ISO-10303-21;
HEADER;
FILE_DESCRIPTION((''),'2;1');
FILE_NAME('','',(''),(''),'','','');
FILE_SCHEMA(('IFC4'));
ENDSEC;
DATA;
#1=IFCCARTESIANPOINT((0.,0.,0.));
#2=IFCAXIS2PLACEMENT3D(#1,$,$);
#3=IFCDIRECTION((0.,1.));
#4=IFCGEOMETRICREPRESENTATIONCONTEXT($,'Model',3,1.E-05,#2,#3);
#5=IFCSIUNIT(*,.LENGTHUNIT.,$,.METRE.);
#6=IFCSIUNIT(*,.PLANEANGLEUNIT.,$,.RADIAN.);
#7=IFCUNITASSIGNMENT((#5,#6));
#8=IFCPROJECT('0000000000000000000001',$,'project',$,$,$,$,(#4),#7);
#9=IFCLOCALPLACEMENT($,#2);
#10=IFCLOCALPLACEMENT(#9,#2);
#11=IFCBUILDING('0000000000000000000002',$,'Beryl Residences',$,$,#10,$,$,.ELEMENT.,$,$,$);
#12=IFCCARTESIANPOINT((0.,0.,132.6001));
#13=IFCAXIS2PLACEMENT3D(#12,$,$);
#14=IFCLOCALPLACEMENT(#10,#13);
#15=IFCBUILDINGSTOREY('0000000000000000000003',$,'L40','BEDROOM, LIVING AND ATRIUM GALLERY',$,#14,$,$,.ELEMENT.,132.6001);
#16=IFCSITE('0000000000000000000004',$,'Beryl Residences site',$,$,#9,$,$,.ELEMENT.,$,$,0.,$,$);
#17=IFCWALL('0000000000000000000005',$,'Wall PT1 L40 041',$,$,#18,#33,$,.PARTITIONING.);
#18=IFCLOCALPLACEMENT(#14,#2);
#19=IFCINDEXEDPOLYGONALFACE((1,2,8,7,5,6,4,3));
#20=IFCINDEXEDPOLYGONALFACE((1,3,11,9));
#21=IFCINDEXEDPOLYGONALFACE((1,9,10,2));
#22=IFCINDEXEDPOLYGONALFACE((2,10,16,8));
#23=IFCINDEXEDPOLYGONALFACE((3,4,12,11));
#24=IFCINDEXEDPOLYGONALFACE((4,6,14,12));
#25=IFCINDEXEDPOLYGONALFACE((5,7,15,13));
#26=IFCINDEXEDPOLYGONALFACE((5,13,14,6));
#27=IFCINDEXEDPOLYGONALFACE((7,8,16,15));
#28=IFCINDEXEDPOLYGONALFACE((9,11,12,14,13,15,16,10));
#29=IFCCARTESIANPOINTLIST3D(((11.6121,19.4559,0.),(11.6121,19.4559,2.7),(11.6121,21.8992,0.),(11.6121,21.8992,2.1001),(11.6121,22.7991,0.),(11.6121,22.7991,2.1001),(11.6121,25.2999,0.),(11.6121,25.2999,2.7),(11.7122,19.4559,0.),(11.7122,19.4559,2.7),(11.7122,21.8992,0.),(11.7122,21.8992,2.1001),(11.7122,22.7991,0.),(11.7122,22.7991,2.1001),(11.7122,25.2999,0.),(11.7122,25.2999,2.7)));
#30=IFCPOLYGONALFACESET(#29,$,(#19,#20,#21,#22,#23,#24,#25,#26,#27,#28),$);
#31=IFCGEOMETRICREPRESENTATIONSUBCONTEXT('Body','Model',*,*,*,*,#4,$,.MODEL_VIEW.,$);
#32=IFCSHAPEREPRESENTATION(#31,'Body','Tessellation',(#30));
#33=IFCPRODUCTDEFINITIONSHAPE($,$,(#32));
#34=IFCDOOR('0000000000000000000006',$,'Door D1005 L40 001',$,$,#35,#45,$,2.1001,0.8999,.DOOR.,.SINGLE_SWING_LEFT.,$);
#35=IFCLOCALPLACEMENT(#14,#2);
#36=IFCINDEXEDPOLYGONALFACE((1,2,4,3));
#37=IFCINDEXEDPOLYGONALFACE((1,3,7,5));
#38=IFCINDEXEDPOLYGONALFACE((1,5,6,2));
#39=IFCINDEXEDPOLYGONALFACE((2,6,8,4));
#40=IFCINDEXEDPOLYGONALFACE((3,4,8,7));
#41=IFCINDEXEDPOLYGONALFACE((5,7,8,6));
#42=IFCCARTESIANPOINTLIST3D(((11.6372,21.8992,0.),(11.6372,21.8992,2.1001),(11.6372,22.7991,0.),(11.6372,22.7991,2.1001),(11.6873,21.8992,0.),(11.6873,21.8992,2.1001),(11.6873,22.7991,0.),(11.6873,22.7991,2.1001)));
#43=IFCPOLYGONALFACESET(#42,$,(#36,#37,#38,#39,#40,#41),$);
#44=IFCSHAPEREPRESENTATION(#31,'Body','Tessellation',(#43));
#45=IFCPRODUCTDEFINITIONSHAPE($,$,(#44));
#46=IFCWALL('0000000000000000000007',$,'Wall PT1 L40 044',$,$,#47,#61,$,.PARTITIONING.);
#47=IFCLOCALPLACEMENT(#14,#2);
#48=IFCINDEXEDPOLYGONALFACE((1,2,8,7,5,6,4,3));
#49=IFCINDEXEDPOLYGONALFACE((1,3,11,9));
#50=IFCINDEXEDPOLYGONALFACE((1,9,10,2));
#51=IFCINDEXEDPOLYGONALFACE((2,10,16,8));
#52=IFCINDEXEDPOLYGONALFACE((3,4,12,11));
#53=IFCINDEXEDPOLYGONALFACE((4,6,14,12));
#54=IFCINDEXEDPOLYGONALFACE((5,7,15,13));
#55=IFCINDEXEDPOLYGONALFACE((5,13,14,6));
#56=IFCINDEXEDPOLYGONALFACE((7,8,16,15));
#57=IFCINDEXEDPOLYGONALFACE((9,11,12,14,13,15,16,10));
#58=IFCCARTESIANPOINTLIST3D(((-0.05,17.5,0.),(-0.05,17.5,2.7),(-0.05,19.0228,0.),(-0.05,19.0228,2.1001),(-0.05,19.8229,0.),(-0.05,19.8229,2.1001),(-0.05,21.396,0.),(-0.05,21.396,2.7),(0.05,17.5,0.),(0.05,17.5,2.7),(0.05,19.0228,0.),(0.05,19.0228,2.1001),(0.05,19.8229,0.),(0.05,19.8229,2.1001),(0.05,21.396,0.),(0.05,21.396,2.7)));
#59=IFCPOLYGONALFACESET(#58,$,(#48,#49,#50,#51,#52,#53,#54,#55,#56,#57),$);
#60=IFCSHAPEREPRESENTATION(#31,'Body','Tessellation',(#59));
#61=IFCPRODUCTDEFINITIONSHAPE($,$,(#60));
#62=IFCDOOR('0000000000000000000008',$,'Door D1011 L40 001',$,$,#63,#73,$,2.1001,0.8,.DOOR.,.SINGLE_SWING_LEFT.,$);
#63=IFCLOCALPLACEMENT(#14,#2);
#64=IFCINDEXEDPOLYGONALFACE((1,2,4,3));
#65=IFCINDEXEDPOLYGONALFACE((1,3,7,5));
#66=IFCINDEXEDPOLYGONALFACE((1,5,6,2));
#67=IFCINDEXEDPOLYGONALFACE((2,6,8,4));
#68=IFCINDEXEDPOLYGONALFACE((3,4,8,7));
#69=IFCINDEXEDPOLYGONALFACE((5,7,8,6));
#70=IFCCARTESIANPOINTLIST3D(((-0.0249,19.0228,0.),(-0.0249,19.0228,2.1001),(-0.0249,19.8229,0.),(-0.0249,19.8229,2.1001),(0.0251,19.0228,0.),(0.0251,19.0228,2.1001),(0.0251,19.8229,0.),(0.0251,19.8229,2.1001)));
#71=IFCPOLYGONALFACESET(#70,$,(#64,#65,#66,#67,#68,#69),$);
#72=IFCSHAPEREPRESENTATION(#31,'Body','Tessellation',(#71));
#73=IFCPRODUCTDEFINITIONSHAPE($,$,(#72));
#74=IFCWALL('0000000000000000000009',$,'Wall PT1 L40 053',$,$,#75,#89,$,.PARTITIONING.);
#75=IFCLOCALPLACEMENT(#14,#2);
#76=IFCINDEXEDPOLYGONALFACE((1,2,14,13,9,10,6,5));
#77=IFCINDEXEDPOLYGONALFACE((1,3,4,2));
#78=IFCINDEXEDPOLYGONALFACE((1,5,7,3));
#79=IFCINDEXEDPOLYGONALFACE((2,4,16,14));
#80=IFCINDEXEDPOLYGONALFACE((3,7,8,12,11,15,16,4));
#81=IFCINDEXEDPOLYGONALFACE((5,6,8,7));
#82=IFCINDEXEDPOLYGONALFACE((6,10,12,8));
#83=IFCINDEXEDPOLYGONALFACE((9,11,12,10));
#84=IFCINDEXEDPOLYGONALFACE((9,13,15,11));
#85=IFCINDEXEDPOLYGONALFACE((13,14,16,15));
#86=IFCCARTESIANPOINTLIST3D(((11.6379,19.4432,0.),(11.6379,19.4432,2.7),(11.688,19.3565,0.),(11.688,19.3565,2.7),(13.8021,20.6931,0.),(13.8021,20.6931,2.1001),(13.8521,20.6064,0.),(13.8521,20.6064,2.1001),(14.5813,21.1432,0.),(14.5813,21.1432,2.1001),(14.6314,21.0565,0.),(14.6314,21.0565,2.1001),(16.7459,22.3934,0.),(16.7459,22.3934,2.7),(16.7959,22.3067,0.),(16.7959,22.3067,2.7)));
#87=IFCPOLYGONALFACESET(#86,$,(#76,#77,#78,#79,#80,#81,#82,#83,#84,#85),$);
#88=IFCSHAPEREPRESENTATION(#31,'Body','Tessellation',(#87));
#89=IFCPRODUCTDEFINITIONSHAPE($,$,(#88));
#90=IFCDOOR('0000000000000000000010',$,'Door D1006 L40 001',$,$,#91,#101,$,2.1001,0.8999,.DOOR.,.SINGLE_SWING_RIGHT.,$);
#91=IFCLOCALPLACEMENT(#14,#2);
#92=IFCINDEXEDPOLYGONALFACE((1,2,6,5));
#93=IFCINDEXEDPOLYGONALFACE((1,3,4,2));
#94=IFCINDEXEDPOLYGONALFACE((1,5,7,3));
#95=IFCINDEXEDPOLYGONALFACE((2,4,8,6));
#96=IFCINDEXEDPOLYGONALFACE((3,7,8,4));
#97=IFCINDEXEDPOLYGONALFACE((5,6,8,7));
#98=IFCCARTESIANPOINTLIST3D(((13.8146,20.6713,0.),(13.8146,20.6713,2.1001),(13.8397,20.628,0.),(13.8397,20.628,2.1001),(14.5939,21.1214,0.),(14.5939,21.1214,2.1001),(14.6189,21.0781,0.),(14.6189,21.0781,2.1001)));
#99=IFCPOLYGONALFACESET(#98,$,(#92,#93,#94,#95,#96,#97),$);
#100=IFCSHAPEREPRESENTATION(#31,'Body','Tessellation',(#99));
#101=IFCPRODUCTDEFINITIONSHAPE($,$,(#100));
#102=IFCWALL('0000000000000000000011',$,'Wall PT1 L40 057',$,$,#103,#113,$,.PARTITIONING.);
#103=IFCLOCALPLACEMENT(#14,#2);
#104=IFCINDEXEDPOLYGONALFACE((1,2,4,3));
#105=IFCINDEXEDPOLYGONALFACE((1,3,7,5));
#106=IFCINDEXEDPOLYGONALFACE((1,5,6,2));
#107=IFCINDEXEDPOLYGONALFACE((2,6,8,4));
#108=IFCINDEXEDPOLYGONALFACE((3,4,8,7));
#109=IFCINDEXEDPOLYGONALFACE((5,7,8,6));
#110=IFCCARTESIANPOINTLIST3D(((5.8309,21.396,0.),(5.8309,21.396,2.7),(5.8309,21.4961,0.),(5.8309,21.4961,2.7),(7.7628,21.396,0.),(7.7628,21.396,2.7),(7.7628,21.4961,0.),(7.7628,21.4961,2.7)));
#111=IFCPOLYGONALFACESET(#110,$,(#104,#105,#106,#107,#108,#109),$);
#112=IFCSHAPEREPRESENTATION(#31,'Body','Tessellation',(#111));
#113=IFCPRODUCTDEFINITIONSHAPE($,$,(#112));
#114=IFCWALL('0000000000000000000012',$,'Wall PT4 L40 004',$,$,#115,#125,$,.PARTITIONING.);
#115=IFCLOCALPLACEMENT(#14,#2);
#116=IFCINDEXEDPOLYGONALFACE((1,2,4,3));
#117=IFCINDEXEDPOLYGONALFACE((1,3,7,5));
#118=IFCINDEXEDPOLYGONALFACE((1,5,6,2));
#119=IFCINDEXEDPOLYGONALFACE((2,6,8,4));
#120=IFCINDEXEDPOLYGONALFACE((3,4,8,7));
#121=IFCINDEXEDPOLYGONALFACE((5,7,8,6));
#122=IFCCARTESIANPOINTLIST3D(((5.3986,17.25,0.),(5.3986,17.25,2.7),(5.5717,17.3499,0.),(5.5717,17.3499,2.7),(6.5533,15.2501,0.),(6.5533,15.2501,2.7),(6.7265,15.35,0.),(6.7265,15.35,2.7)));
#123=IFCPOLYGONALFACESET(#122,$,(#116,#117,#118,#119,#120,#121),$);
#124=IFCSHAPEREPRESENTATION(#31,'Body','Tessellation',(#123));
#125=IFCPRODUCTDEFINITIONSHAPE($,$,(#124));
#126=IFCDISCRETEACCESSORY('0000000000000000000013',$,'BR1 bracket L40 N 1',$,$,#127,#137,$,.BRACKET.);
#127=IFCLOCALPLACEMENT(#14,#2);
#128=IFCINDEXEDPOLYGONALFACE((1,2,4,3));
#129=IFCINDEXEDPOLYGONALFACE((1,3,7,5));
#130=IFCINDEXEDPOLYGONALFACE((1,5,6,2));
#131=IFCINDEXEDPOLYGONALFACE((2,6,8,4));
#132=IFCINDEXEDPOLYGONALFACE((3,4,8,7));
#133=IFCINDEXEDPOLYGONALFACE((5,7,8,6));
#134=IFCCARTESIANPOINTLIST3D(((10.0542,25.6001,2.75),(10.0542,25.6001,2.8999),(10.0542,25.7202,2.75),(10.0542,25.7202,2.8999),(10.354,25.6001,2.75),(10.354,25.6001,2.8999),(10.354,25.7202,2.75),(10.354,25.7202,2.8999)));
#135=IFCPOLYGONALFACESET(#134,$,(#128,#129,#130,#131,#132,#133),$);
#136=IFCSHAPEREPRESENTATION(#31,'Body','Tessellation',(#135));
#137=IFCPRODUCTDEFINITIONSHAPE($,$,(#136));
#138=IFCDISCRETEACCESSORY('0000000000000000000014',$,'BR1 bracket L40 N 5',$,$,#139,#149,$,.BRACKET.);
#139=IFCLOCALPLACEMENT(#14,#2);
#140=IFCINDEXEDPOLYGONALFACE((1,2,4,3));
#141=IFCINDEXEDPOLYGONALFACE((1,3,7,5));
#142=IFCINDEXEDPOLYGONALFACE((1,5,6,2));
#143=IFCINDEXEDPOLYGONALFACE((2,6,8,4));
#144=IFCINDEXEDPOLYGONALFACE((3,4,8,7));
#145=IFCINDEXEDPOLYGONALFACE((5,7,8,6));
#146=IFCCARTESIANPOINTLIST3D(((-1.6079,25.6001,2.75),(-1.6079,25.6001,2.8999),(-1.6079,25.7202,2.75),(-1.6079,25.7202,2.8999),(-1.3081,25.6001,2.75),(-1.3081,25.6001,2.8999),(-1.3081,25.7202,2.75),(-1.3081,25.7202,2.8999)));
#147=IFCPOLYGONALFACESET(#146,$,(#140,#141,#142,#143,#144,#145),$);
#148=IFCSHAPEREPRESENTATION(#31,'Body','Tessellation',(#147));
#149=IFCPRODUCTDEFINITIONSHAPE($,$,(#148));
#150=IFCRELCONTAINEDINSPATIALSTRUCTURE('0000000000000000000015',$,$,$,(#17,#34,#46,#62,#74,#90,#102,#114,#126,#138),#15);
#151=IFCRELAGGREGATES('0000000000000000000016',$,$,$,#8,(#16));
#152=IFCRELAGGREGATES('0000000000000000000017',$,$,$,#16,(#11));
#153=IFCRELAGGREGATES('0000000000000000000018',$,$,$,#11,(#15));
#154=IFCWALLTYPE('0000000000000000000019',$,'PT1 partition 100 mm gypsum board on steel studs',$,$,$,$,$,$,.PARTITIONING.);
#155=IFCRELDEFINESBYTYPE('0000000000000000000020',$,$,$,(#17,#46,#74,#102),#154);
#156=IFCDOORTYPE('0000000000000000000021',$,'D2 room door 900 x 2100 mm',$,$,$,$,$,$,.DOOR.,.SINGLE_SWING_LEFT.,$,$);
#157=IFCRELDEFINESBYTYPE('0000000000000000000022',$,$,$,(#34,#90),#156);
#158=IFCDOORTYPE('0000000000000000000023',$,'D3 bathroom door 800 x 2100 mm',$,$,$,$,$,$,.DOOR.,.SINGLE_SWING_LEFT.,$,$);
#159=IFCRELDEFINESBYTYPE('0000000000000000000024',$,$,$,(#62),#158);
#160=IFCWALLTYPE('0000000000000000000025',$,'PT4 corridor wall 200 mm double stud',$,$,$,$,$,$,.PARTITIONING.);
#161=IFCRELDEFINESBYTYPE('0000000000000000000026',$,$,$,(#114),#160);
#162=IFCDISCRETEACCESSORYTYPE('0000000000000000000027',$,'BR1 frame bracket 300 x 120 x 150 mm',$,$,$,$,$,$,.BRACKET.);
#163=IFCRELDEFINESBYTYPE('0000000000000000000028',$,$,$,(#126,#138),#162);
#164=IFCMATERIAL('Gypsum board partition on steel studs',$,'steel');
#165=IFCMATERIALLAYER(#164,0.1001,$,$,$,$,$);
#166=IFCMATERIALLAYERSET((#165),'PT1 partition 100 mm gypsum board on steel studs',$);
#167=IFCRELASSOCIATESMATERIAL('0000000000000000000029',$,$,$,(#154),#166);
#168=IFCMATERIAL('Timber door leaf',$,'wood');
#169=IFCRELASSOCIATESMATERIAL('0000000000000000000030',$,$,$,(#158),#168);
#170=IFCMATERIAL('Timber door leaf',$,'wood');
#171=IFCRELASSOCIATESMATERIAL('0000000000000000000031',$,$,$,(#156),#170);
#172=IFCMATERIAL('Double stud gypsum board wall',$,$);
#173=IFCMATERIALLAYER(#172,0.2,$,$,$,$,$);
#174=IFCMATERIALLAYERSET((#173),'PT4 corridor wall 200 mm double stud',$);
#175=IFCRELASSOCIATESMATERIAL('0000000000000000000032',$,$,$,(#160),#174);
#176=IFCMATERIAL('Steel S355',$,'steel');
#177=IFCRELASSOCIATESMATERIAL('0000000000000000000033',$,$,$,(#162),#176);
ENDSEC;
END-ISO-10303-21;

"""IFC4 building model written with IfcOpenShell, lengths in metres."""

from ifc_helpers import new_model, si_unit, direction, frame, frame_2d, origin, place, context, subcontext, project, spatial, polyline, rectangle, outline, extrude, source, transform, mapped, material, layer, layer_set, type_object, type_shapes, element, fill, save


model = new_model("IFC4")

# Units and contexts
model_context = context("Model", 3, precision=1e-05, world=origin(), true_north=direction((0.0, 1.0)))
body_context = subcontext(model_context, "Body", "Model", "MODEL_VIEW")
ifc_project = project(units=[si_unit("LENGTHUNIT", "METRE"), si_unit("PLANEANGLEUNIT", "RADIAN")], contexts=[model_context])

# Site, building, storey
site_placement = place(None, origin())
site = spatial("IfcSite", under=ifc_project, at=site_placement, Name="Beryl Residences site", CompositionType="ELEMENT", RefElevation=0.0)
building_placement = place(site_placement, origin())
building = spatial("IfcBuilding", under=site, at=building_placement, Name="Beryl Residences", CompositionType="ELEMENT")
storey_placement = place(building_placement, frame((0.0, 0.0, 132.6001)))
storey = spatial("IfcBuildingStorey", under=building, at=storey_placement, Name="L40", Description="BEDROOM, LIVING AND ATRIUM GALLERY", CompositionType="ELEMENT", Elevation=132.6001)

# Shared definitions
ifc_material_1 = material(Name="Gypsum board partition on steel studs", Category="steel")
ifc_layer_1 = layer(ifc_material_1, 0.1001)
ifc_layer_set_1 = layer_set([ifc_layer_1], Name="PT1 partition 100 mm gypsum board on steel studs")
wall_type_1 = type_object("IfcWallType", Name="PT1 partition 100 mm gypsum board on steel studs", PredefinedType="PARTITIONING", material=ifc_layer_set_1)

# Walls, openings, doors
ifc_material_2 = material(Name="Timber door leaf", Category="wood")
door_type_1 = type_object("IfcDoorType", Name="D3 bathroom door 800 x 2100 mm", OperationType="SINGLE_SWING_LEFT", PredefinedType="DOOR", material=ifc_material_2)
wall_1_placement = place(storey_placement, frame((11.6621, 19.4561, 0.0), z_axis=(0.0, 0.0, 1.0), x_axis=(0.0, 1.0, 0.0)))
wall_1 = element("IfcWall", 1, at=wall_1_placement, inside=storey, type_object=wall_type_1, Name="Wall PT1 L40 041", PredefinedType="PARTITIONING", context=body_context, shape_type="SweptSolid", body=[
    extrude(rectangle(XDim=5.844, YDim=0.1001, at=frame_2d((2.9219, 0.0))), origin(), (0.0, 0.0, 1.0), 2.7),
])
opening_1_placement = place(wall_1_placement, frame((2.4431, 0.0, 0.0)))
opening_1 = element("IfcOpeningElement", 2, at=opening_1_placement, cuts=wall_1, PredefinedType="OPENING", context=body_context, shape_type="SweptSolid", body=[
    extrude(rectangle(XDim=0.8999, YDim=2.1001, at=frame_2d((0.45, 1.05))), frame((0.0, 0.0601, 0.0), z_axis=(0.0, -1.0, 0.0), x_axis=(1.0, 0.0, 0.0)), (0.0, 0.0, 1.0), 0.1201),
])
ifc_material_3 = material(Name="Timber door leaf", Category="wood")
door_type_2 = type_object("IfcDoorType", Name="D2 room door 900 x 2100 mm", OperationType="SINGLE_SWING_LEFT", PredefinedType="DOOR", material=ifc_material_3)
door_1_placement = place(opening_1_placement, origin())
door_1 = element("IfcDoor", 3, at=door_1_placement, inside=storey, type_object=door_type_2, Name="Door D1005 L40 001", OperationType="SINGLE_SWING_LEFT", OverallHeight=2.1001, OverallWidth=0.8999, PredefinedType="DOOR", context=body_context, shape_type="SweptSolid", body=[
    extrude(rectangle(XDim=0.8999, YDim=2.1001, at=frame_2d((0.45, 1.05))), frame((0.0, 0.0249, 0.0), z_axis=(0.0, -1.0, 0.0), x_axis=(1.0, 0.0, 0.0)), (0.0, 0.0, 1.0), 0.05),
])
fill(opening_1, door_1)
wall_2_placement = place(storey_placement, frame((0.0, 17.5, 0.0), z_axis=(0.0, 0.0, 1.0), x_axis=(0.0, 1.0, 0.0)))
wall_2 = element("IfcWall", 4, at=wall_2_placement, inside=storey, type_object=wall_type_1, Name="Wall PT1 L40 044", PredefinedType="PARTITIONING", context=body_context, shape_type="SweptSolid", body=[
    extrude(rectangle(XDim=3.896, YDim=0.1001, at=frame_2d((1.948, 0.0))), origin(), (0.0, 0.0, 1.0), 2.7),
])
opening_2_placement = place(wall_2_placement, frame((1.5229, 0.0, 0.0)))
opening_2 = element("IfcOpeningElement", 5, at=opening_2_placement, cuts=wall_2, PredefinedType="OPENING", context=body_context, shape_type="SweptSolid", body=[
    extrude(rectangle(XDim=0.8, YDim=2.1001, at=frame_2d((0.3999, 1.05))), frame((0.0, 0.0601, 0.0), z_axis=(0.0, -1.0, 0.0), x_axis=(1.0, 0.0, 0.0)), (0.0, 0.0, 1.0), 0.1201),
])
door_2_placement = place(opening_2_placement, origin())
door_2 = element("IfcDoor", 6, at=door_2_placement, inside=storey, type_object=door_type_1, Name="Door D1011 L40 001", OperationType="SINGLE_SWING_LEFT", OverallHeight=2.1001, OverallWidth=0.8, PredefinedType="DOOR", context=body_context, shape_type="SweptSolid", body=[
    extrude(rectangle(XDim=0.8, YDim=2.1001, at=frame_2d((0.3999, 1.05))), frame((0.0, 0.0249, 0.0), z_axis=(0.0, -1.0, 0.0), x_axis=(1.0, 0.0, 0.0)), (0.0, 0.0, 1.0), 0.05),
])
fill(opening_2, door_2)
wall_3_placement = place(storey_placement, frame((11.6631, 19.3999, 0.0), z_axis=(0.0, 0.0, 1.0), x_axis=(0.865942, 0.500145, 0.0)))
wall_3 = element("IfcWall", 7, at=wall_3_placement, inside=storey, type_object=wall_type_1, Name="Wall PT1 L40 053", PredefinedType="PARTITIONING", context=body_context, shape_type="SweptSolid", body=[
    extrude(rectangle(XDim=5.8987, YDim=0.1001, at=frame_2d((2.9492, 0.0))), origin(), (0.0, 0.0, 1.0), 2.7),
])
opening_3_placement = place(wall_3_placement, frame((2.499, 0.0, 0.0)))
opening_3 = element("IfcOpeningElement", 8, at=opening_3_placement, cuts=wall_3, PredefinedType="OPENING", context=body_context, shape_type="SweptSolid", body=[
    extrude(rectangle(XDim=0.8999, YDim=2.1001, at=frame_2d((0.45, 1.05))), frame((0.0, 0.0601, 0.0), z_axis=(0.0, -1.0, 0.0), x_axis=(1.0, 0.0, 0.0)), (0.0, 0.0, 1.0), 0.1201),
])
door_3_placement = place(opening_3_placement, origin())
door_3 = element("IfcDoor", 9, at=door_3_placement, inside=storey, type_object=door_type_2, Name="Door D1006 L40 001", OperationType="SINGLE_SWING_RIGHT", OverallHeight=2.1001, OverallWidth=0.8999, PredefinedType="DOOR", context=body_context, shape_type="SweptSolid", body=[
    extrude(rectangle(XDim=0.8999, YDim=2.1001, at=frame_2d((0.45, 1.05))), frame((0.0, 0.0249, 0.0), z_axis=(0.0, -1.0, 0.0), x_axis=(1.0, 0.0, 0.0)), (0.0, 0.0, 1.0), 0.05),
])
fill(opening_3, door_3)

# Walls
wall_4_placement = place(storey_placement, frame((5.8311, 21.446, 0.0), z_axis=(0.0, 0.0, 1.0), x_axis=(1.0, 0.0, 0.0)))
element("IfcWall", 10, at=wall_4_placement, inside=storey, type_object=wall_type_1, Name="Wall PT1 L40 057", PredefinedType="PARTITIONING", context=body_context, shape_type="SweptSolid", body=[
    extrude(rectangle(XDim=1.9319, YDim=0.1001, at=frame_2d((0.9658, 0.0))), origin(), (0.0, 0.0, 1.0), 2.7),
])
ifc_material_4 = material(Name="Double stud gypsum board wall")
ifc_layer_2 = layer(ifc_material_4, 0.2)
ifc_layer_set_2 = layer_set([ifc_layer_2], Name="PT4 corridor wall 200 mm double stud")
wall_type_2 = type_object("IfcWallType", Name="PT4 corridor wall 200 mm double stud", PredefinedType="PARTITIONING", material=ifc_layer_set_2)
wall_5_placement = place(storey_placement, frame((5.4851, 17.3, 0.0), z_axis=(0.0, 0.0, 1.0), x_axis=(0.500027, -0.86601, 0.0)))
element("IfcWall", 11, at=wall_5_placement, inside=storey, type_object=wall_type_2, Name="Wall PT4 L40 004", PredefinedType="PARTITIONING", context=body_context, shape_type="SweptSolid", body=[
    extrude(rectangle(XDim=2.3093, YDim=0.2, at=frame_2d((1.1548, 0.0))), origin(), (0.0, 0.0, 1.0), 2.7),
])

# Discrete accessories
ifc_material_5 = material(Name="Steel S355", Category="steel")
discrete_accessory_type = type_object("IfcDiscreteAccessoryType", Name="BR1 frame bracket 300 x 120 x 150 mm", PredefinedType="BRACKET", material=ifc_material_5)
shared_shape_1 = source(origin(), body_context, "Body", "SweptSolid", [
    extrude(outline(polyline([(-0.1499, 0.0), (0.1499, 0.0), (0.1499, 0.1201), (-0.1499, 0.1201), (-0.1499, 0.0)])), origin(), (0.0, 0.0, 1.0), 0.1499),
])
type_shapes(discrete_accessory_type, [shared_shape_1])
for number, where, z_axis, x_axis, name in (
    (12, (10.2041, 25.6001, 2.75), (0.0, 0.0, 1.0), (1.0, 0.0, 0.0), "BR1 bracket L40 N 1"),
    (13, (-1.458, 25.6001, 2.75), (0.0, 0.0, 1.0), (1.0, 0.0, 0.0), "BR1 bracket L40 N 5"),
):
    element("IfcDiscreteAccessory", number, at=place(storey_placement, frame(where, z_axis=z_axis, x_axis=x_axis)), inside=storey, type_object=discrete_accessory_type, Name=name, PredefinedType="BRACKET", context=body_context, shape_type="MappedRepresentation", body=[
        mapped(shared_shape_1, transform((0.0, 0.0, 0.0))),
    ])

save(model, "model.ifc")
